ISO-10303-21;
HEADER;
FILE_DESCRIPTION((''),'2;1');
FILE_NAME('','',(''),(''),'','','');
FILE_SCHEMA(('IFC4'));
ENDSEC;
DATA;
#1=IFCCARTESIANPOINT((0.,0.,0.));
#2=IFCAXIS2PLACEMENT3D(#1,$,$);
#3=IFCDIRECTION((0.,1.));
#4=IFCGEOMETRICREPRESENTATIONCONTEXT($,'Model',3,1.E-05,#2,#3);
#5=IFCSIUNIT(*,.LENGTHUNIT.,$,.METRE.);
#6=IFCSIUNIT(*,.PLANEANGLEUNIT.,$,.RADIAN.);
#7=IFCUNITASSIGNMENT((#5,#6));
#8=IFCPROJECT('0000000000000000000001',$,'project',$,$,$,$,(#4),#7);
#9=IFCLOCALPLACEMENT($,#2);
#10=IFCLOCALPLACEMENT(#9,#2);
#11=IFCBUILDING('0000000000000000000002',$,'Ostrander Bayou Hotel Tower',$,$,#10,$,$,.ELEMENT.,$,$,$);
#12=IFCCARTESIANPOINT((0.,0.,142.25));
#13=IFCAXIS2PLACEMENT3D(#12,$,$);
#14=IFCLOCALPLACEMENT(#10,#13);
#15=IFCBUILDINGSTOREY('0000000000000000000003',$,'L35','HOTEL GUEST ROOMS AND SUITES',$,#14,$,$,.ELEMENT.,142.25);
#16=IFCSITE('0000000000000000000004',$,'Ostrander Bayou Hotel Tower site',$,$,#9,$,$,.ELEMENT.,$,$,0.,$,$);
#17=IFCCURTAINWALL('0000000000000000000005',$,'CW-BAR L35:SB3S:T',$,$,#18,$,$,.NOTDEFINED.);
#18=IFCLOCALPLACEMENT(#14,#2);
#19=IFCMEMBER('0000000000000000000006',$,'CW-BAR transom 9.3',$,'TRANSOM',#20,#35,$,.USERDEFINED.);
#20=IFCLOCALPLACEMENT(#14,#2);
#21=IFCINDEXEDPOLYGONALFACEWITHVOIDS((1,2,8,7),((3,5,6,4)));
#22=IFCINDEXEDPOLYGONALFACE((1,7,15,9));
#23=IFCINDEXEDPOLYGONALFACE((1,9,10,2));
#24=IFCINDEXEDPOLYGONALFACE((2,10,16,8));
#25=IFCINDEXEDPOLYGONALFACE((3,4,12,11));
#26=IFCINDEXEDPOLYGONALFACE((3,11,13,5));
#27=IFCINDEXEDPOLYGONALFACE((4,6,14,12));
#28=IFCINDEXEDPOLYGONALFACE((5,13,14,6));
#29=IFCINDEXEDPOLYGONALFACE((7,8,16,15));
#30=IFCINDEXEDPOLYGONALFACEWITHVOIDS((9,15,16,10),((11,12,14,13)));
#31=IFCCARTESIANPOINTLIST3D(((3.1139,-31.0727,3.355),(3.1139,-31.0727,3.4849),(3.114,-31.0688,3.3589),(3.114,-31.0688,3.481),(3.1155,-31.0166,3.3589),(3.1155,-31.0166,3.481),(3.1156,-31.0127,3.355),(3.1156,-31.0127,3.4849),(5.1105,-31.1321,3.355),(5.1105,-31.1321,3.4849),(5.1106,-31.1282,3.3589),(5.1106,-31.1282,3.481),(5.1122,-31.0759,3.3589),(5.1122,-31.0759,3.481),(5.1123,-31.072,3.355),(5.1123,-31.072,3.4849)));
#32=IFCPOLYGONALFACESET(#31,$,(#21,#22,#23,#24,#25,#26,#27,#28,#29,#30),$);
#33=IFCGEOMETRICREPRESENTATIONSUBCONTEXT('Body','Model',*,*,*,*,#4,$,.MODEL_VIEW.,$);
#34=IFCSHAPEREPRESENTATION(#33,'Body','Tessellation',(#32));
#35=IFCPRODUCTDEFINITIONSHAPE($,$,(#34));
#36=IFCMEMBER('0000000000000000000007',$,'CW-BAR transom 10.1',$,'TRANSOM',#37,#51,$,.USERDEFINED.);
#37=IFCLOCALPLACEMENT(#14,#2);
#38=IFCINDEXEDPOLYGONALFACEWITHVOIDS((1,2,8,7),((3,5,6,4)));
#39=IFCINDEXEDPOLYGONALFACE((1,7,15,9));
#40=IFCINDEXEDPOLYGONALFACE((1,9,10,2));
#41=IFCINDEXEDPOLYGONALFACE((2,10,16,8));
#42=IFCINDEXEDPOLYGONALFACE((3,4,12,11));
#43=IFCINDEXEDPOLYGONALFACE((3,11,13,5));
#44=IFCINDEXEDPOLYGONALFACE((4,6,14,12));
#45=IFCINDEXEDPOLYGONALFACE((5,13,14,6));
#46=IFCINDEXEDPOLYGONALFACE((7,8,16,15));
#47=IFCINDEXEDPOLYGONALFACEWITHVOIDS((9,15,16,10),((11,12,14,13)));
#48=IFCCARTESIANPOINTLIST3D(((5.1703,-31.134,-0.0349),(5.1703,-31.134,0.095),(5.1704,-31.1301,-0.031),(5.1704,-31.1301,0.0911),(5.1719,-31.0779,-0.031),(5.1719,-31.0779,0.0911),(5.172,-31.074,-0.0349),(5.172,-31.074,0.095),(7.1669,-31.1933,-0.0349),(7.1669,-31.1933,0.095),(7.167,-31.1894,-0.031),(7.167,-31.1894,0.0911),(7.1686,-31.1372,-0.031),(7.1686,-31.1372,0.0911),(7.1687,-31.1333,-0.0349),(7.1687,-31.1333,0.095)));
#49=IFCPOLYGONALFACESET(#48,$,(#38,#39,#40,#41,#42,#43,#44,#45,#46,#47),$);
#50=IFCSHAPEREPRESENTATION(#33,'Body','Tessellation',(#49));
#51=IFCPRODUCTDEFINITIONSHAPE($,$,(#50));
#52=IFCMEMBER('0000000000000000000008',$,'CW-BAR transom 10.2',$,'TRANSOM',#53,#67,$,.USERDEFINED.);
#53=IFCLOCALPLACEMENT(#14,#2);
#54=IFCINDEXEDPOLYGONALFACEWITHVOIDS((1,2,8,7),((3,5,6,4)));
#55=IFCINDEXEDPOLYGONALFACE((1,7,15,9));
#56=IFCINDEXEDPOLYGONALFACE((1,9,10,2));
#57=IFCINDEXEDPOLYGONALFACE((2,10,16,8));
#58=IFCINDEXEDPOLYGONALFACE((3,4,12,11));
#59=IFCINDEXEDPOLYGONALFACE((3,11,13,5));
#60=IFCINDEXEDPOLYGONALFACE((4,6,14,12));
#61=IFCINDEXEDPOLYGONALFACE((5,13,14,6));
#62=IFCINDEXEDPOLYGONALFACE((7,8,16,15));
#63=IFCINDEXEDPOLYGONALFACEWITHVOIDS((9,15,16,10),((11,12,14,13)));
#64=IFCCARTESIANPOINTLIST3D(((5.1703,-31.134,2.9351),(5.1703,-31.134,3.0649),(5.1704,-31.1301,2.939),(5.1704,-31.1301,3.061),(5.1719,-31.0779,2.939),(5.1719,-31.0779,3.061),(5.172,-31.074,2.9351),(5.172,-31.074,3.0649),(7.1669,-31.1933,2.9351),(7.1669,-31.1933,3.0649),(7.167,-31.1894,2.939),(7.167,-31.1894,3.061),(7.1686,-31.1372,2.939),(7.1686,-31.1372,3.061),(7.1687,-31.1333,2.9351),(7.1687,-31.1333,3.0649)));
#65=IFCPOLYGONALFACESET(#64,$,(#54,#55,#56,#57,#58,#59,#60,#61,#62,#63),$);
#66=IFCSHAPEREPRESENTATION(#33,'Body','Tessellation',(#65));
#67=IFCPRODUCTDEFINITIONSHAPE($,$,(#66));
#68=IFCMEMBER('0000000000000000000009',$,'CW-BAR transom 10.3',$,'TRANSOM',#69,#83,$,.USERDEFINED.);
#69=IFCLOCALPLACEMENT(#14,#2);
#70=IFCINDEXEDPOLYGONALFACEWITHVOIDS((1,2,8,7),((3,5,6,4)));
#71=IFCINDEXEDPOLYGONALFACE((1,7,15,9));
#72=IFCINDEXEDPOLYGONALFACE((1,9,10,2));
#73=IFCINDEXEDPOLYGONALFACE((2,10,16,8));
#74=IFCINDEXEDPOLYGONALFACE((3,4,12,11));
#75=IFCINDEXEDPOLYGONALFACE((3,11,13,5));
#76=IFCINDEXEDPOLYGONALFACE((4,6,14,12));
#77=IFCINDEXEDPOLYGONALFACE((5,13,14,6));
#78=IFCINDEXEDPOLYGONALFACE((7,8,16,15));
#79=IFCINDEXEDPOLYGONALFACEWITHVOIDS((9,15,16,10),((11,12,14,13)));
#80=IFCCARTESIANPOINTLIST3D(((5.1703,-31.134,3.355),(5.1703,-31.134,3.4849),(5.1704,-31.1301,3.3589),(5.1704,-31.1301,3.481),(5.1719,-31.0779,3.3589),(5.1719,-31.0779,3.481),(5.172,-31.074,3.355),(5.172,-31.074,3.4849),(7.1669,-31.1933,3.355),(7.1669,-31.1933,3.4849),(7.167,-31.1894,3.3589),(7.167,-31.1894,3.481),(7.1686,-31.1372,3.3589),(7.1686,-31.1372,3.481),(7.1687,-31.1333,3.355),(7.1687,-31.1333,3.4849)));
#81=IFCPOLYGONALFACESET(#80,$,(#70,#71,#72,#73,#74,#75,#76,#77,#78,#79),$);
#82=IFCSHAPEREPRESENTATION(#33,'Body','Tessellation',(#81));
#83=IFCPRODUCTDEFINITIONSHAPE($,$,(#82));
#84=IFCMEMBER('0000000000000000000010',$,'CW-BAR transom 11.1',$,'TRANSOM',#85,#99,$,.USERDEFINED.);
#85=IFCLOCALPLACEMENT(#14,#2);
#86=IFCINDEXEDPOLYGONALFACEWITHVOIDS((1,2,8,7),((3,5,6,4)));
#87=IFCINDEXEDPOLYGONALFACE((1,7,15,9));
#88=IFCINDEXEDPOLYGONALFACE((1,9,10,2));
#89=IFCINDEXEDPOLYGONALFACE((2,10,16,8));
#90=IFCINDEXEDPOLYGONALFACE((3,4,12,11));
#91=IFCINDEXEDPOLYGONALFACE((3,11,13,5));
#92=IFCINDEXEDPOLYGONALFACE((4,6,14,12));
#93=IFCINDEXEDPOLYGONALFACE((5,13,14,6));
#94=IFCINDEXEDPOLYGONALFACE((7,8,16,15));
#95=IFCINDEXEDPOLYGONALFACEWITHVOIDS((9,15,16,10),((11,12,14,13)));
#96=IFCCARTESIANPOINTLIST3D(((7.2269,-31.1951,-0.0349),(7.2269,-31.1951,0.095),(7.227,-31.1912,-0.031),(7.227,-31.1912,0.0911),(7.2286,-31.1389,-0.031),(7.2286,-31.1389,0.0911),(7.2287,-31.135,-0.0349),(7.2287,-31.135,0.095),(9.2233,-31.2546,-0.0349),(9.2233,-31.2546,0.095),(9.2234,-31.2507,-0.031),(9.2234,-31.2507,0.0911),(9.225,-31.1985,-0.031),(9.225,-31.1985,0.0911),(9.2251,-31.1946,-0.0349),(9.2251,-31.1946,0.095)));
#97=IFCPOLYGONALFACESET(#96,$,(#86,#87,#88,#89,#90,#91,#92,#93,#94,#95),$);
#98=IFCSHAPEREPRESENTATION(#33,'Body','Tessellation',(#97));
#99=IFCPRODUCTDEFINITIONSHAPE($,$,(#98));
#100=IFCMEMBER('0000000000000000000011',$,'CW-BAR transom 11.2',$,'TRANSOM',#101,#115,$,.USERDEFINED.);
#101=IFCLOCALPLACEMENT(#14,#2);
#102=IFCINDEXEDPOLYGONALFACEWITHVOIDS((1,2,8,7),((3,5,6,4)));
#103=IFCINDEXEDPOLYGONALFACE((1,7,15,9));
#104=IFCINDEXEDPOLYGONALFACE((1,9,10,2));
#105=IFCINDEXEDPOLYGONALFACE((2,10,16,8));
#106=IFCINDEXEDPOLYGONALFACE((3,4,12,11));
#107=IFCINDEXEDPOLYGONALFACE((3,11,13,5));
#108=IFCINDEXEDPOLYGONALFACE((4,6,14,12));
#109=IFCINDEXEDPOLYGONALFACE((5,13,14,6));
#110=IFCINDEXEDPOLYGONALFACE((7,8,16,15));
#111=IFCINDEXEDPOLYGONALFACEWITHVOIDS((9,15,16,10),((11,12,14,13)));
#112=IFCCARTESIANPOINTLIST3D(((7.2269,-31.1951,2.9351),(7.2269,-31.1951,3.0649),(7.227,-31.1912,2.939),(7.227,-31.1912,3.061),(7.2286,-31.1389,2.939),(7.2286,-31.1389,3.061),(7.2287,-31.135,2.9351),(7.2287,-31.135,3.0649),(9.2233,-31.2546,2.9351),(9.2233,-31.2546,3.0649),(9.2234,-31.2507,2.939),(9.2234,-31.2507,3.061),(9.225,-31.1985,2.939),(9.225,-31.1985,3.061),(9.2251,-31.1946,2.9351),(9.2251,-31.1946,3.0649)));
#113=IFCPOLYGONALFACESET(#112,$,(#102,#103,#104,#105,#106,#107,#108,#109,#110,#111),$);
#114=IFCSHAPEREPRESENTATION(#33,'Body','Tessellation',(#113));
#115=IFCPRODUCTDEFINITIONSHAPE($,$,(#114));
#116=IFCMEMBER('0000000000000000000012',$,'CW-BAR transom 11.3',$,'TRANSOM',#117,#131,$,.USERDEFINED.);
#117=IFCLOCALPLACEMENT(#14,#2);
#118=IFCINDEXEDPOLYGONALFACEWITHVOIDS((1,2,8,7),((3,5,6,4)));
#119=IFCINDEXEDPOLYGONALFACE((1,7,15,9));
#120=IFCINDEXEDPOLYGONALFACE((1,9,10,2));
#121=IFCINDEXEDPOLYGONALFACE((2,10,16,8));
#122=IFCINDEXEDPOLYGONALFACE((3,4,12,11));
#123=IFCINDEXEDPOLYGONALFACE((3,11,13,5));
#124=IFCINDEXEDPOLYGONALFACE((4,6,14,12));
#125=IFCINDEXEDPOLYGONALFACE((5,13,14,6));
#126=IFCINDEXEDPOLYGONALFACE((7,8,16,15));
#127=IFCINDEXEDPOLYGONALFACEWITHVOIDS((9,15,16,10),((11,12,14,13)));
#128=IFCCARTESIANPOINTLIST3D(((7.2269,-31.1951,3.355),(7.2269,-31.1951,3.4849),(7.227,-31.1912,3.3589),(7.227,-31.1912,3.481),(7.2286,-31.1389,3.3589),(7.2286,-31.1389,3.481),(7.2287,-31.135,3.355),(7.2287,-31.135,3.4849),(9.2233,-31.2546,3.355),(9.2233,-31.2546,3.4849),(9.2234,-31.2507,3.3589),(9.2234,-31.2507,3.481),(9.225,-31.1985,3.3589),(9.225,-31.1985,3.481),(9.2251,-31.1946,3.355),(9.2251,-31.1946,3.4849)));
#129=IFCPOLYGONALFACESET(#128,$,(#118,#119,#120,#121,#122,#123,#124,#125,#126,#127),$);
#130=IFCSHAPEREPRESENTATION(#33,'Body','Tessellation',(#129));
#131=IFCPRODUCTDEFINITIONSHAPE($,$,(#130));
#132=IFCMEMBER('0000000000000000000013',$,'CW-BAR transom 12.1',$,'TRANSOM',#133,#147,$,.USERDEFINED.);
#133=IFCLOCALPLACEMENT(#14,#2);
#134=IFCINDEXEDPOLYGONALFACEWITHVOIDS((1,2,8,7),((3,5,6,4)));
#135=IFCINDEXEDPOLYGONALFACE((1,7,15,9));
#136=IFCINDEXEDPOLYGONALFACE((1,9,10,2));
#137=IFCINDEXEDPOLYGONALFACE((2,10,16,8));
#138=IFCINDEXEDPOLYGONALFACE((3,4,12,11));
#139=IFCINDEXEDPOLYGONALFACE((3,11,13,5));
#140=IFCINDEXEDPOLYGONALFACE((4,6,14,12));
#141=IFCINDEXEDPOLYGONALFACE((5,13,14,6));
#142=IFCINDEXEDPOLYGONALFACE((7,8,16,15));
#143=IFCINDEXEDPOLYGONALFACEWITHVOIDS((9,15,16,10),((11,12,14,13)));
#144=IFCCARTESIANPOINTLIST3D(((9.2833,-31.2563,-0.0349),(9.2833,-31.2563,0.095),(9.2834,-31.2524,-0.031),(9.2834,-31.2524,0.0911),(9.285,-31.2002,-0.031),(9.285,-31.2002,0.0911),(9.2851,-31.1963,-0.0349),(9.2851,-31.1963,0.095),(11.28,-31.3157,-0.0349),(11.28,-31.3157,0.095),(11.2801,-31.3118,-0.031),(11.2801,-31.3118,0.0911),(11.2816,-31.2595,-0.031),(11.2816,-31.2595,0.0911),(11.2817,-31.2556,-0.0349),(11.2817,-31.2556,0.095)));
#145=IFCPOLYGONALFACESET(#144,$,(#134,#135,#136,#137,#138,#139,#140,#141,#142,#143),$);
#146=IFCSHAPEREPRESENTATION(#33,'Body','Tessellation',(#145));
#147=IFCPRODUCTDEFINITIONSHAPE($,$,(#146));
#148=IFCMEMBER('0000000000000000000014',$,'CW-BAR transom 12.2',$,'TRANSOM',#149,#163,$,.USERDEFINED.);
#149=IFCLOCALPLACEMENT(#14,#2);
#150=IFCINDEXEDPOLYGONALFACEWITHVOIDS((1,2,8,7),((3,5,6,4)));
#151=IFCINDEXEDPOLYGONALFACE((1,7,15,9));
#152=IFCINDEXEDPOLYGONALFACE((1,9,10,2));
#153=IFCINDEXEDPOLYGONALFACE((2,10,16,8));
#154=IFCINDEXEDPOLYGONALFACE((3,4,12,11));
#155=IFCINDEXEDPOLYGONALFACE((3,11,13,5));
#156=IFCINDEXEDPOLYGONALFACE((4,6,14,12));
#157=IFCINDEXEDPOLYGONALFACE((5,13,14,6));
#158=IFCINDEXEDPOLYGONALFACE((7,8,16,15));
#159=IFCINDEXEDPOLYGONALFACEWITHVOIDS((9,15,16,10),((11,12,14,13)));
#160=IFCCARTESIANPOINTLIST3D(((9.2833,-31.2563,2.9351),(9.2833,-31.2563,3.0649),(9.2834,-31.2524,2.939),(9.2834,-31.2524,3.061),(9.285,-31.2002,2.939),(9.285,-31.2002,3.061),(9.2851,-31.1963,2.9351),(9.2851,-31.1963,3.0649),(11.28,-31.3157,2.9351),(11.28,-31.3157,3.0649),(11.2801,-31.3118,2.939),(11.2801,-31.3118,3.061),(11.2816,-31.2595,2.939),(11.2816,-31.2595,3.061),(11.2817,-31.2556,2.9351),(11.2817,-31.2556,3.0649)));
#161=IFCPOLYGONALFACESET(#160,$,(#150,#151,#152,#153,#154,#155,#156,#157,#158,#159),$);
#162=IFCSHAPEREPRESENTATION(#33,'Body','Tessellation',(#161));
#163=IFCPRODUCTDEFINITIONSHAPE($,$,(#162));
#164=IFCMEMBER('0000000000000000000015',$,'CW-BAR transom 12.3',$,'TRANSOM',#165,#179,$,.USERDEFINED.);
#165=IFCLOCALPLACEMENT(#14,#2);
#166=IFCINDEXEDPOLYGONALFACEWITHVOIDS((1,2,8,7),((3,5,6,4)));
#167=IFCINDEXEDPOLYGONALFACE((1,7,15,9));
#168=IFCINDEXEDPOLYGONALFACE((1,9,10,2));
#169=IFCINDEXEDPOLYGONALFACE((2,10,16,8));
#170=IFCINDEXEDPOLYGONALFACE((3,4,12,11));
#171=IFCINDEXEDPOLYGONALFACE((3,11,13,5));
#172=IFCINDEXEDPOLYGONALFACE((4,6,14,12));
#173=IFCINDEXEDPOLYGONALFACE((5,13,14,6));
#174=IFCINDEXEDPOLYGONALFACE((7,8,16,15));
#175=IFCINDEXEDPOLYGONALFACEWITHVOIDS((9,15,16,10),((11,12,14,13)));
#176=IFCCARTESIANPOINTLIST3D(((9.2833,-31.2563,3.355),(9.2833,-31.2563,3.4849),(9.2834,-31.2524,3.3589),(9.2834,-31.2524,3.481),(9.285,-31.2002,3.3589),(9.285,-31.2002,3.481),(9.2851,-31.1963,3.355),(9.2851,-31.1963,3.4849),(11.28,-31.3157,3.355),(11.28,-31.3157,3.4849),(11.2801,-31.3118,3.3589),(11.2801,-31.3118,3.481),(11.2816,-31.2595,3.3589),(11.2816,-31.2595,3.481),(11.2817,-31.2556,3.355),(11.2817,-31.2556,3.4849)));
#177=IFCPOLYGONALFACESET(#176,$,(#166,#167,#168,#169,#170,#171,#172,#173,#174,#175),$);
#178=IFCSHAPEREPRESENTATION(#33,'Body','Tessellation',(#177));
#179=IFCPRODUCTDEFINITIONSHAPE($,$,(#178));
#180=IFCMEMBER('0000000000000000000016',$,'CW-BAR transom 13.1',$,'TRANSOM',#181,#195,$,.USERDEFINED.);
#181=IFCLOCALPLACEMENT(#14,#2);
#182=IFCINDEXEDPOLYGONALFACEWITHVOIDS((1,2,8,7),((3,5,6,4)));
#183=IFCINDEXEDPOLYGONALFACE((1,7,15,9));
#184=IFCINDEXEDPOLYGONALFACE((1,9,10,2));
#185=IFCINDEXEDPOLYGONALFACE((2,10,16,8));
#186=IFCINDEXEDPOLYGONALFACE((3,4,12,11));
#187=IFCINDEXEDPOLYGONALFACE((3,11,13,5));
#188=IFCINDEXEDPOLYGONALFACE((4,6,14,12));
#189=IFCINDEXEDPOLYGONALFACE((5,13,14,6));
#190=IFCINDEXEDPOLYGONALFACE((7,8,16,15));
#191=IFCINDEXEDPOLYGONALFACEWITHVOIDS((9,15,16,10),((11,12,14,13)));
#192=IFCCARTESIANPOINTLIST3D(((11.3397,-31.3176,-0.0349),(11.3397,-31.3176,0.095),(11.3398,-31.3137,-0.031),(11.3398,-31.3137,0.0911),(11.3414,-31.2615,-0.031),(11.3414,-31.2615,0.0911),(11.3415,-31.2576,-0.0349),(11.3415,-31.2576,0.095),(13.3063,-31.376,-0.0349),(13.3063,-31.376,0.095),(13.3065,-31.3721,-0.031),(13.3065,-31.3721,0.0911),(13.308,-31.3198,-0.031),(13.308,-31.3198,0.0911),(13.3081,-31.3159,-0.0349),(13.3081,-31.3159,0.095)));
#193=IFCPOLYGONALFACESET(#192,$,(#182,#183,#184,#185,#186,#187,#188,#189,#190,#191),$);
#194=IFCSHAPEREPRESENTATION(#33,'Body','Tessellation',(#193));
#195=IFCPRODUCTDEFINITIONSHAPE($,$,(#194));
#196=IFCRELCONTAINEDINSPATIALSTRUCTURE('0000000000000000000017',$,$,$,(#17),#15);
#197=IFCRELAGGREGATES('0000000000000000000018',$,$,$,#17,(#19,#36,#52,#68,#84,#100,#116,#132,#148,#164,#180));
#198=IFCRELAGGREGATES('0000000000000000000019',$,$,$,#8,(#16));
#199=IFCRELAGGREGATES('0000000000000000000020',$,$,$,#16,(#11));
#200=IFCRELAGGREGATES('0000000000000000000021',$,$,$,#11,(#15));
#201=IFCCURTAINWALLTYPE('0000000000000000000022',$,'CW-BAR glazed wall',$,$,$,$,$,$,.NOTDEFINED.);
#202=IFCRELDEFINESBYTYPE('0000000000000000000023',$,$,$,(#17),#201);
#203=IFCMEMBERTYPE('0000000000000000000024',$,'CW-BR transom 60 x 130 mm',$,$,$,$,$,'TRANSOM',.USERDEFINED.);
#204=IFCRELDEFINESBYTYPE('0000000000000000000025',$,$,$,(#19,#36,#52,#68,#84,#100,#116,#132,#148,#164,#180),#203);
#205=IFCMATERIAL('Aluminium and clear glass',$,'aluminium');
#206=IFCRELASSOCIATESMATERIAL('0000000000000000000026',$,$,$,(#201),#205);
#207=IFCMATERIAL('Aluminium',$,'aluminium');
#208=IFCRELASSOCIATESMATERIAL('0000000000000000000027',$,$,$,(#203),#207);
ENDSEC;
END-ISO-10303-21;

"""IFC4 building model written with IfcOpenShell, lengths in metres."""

from ifc_helpers import new_model, si_unit, direction, frame, origin, origin_2d, place, context, subcontext, project, spatial, hollow_rectangle, extrude, material, material_profile, profile_set, type_object, element, aggregate, save


model = new_model("IFC4")

# Units and contexts
model_context = context("Model", 3, precision=1e-05, world=origin(), true_north=direction((0.0, 1.0)))
body_context = subcontext(model_context, "Body", "Model", "MODEL_VIEW")
ifc_project = project(units=[si_unit("LENGTHUNIT", "METRE"), si_unit("PLANEANGLEUNIT", "RADIAN")], contexts=[model_context])

# Site, building, storey
site_placement = place(None, origin())
site = spatial("IfcSite", under=ifc_project, at=site_placement, Name="Ostrander Bayou Hotel Tower site", CompositionType="ELEMENT", RefElevation=0.0)
building_placement = place(site_placement, origin())
building = spatial("IfcBuilding", under=site, at=building_placement, Name="Ostrander Bayou Hotel Tower", CompositionType="ELEMENT")
storey_placement = place(building_placement, frame((0.0, 0.0, 142.25)))
storey = spatial("IfcBuildingStorey", under=building, at=storey_placement, Name="L35", Description="HOTEL GUEST ROOMS AND SUITES", CompositionType="ELEMENT", Elevation=142.25)

# Curtain wall, members
ifc_material_1 = material(Name="Aluminium and clear glass", Category="aluminium")
curtain_wall_type = type_object("IfcCurtainWallType", Name="CW-BAR glazed wall", PredefinedType="NOTDEFINED", material=ifc_material_1)
curtain_wall_placement = place(storey_placement, origin())
curtain_wall = element("IfcCurtainWall", 1, at=curtain_wall_placement, inside=storey, type_object=curtain_wall_type, Name="CW-BAR L35:SB3S:T", PredefinedType="NOTDEFINED")
ifc_material_2 = material(Name="Aluminium", Category="aluminium")
ifc_material_profile_1 = material_profile(ifc_material_2, hollow_rectangle(XDim=0.0601, YDim=0.1299, WallThickness=0.0039, at=origin_2d()))
ifc_profile_set_1 = profile_set([ifc_material_profile_1], Name="Aluminium")
member_type_1 = type_object("IfcMemberType", Name="CW-BR transom 60 x 130 mm", ElementType="TRANSOM", PredefinedType="USERDEFINED", material=ifc_profile_set_1)
member_1_placement = place(storey_placement, frame((3.1147, -31.0427, 3.4199), z_axis=(0.999559, -0.029701, 0.0), x_axis=(0.029701, 0.999559, 0.0)))
member_1 = element("IfcMember", 2, at=member_1_placement, type_object=member_type_1, Name="CW-BAR transom 9.3", ObjectType="TRANSOM", PredefinedType="USERDEFINED", context=body_context, shape_type="SweptSolid", body=[
    extrude(hollow_rectangle(XDim=0.0601, YDim=0.1299, WallThickness=0.0039, at=origin_2d()), origin(), (0.0, 0.0, 1.0), 1.9976),
])
member_2_placement = place(storey_placement, frame((5.1711, -31.104, 0.03), z_axis=(0.999559, -0.029701, 0.0), x_axis=(0.029701, 0.999559, 0.0)))
member_2 = element("IfcMember", 3, at=member_2_placement, type_object=member_type_1, Name="CW-BAR transom 10.1", ObjectType="TRANSOM", PredefinedType="USERDEFINED", context=body_context, shape_type="SweptSolid", body=[
    extrude(hollow_rectangle(XDim=0.0601, YDim=0.1299, WallThickness=0.0039, at=origin_2d()), origin(), (0.0, 0.0, 1.0), 1.9976),
])
member_3_placement = place(storey_placement, frame((5.1711, -31.104, 3.0), z_axis=(0.999559, -0.029701, 0.0), x_axis=(0.029701, 0.999559, 0.0)))
member_3 = element("IfcMember", 4, at=member_3_placement, type_object=member_type_1, Name="CW-BAR transom 10.2", ObjectType="TRANSOM", PredefinedType="USERDEFINED", context=body_context, shape_type="SweptSolid", body=[
    extrude(hollow_rectangle(XDim=0.0601, YDim=0.1299, WallThickness=0.0039, at=origin_2d()), origin(), (0.0, 0.0, 1.0), 1.9976),
])
member_4_placement = place(storey_placement, frame((5.1711, -31.104, 3.4199), z_axis=(0.999559, -0.029701, 0.0), x_axis=(0.029701, 0.999559, 0.0)))
member_4 = element("IfcMember", 5, at=member_4_placement, type_object=member_type_1, Name="CW-BAR transom 10.3", ObjectType="TRANSOM", PredefinedType="USERDEFINED", context=body_context, shape_type="SweptSolid", body=[
    extrude(hollow_rectangle(XDim=0.0601, YDim=0.1299, WallThickness=0.0039, at=origin_2d()), origin(), (0.0, 0.0, 1.0), 1.9976),
])
member_5_placement = place(storey_placement, frame((7.2278, -31.165, 0.03), z_axis=(0.999555, -0.029827, 0.0), x_axis=(0.029827, 0.999555, 0.0)))
member_5 = element("IfcMember", 6, at=member_5_placement, type_object=member_type_1, Name="CW-BAR transom 11.1", ObjectType="TRANSOM", PredefinedType="USERDEFINED", context=body_context, shape_type="SweptSolid", body=[
    extrude(hollow_rectangle(XDim=0.0601, YDim=0.1299, WallThickness=0.0039, at=origin_2d()), origin(), (0.0, 0.0, 1.0), 1.9973),
])
member_6_placement = place(storey_placement, frame((7.2278, -31.165, 3.0), z_axis=(0.999555, -0.029827, 0.0), x_axis=(0.029827, 0.999555, 0.0)))
member_6 = element("IfcMember", 7, at=member_6_placement, type_object=member_type_1, Name="CW-BAR transom 11.2", ObjectType="TRANSOM", PredefinedType="USERDEFINED", context=body_context, shape_type="SweptSolid", body=[
    extrude(hollow_rectangle(XDim=0.0601, YDim=0.1299, WallThickness=0.0039, at=origin_2d()), origin(), (0.0, 0.0, 1.0), 1.9973),
])
member_7_placement = place(storey_placement, frame((7.2278, -31.165, 3.4199), z_axis=(0.999555, -0.029827, 0.0), x_axis=(0.029827, 0.999555, 0.0)))
member_7 = element("IfcMember", 8, at=member_7_placement, type_object=member_type_1, Name="CW-BAR transom 11.3", ObjectType="TRANSOM", PredefinedType="USERDEFINED", context=body_context, shape_type="SweptSolid", body=[
    extrude(hollow_rectangle(XDim=0.0601, YDim=0.1299, WallThickness=0.0039, at=origin_2d()), origin(), (0.0, 0.0, 1.0), 1.9973),
])
member_8_placement = place(storey_placement, frame((9.2842, -31.2263, 0.03), z_axis=(0.999559, -0.029701, 0.0), x_axis=(0.029701, 0.999559, 0.0)))
member_8 = element("IfcMember", 9, at=member_8_placement, type_object=member_type_1, Name="CW-BAR transom 12.1", ObjectType="TRANSOM", PredefinedType="USERDEFINED", context=body_context, shape_type="SweptSolid", body=[
    extrude(hollow_rectangle(XDim=0.0601, YDim=0.1299, WallThickness=0.0039, at=origin_2d()), origin(), (0.0, 0.0, 1.0), 1.9976),
])
member_9_placement = place(storey_placement, frame((9.2842, -31.2263, 3.0), z_axis=(0.999559, -0.029701, 0.0), x_axis=(0.029701, 0.999559, 0.0)))
member_9 = element("IfcMember", 10, at=member_9_placement, type_object=member_type_1, Name="CW-BAR transom 12.2", ObjectType="TRANSOM", PredefinedType="USERDEFINED", context=body_context, shape_type="SweptSolid", body=[
    extrude(hollow_rectangle(XDim=0.0601, YDim=0.1299, WallThickness=0.0039, at=origin_2d()), origin(), (0.0, 0.0, 1.0), 1.9976),
])
member_10_placement = place(storey_placement, frame((9.2842, -31.2263, 3.4199), z_axis=(0.999559, -0.029701, 0.0), x_axis=(0.029701, 0.999559, 0.0)))
member_10 = element("IfcMember", 11, at=member_10_placement, type_object=member_type_1, Name="CW-BAR transom 12.3", ObjectType="TRANSOM", PredefinedType="USERDEFINED", context=body_context, shape_type="SweptSolid", body=[
    extrude(hollow_rectangle(XDim=0.0601, YDim=0.1299, WallThickness=0.0039, at=origin_2d()), origin(), (0.0, 0.0, 1.0), 1.9976),
])
member_11_placement = place(storey_placement, frame((11.3406, -31.2876, 0.03), z_axis=(0.99956, -0.029658, 0.0), x_axis=(0.029658, 0.99956, 0.0)))
member_11 = element("IfcMember", 12, at=member_11_placement, type_object=member_type_1, Name="CW-BAR transom 13.1", ObjectType="TRANSOM", PredefinedType="USERDEFINED", context=body_context, shape_type="SweptSolid", body=[
    extrude(hollow_rectangle(XDim=0.0601, YDim=0.1299, WallThickness=0.0039, at=origin_2d()), origin(), (0.0, 0.0, 1.0), 1.9675),
])
aggregate(curtain_wall, [member_1, member_2, member_3, member_4, member_5, member_6, member_7, member_8, member_9, member_10, member_11])

save(model, "model.ifc")
